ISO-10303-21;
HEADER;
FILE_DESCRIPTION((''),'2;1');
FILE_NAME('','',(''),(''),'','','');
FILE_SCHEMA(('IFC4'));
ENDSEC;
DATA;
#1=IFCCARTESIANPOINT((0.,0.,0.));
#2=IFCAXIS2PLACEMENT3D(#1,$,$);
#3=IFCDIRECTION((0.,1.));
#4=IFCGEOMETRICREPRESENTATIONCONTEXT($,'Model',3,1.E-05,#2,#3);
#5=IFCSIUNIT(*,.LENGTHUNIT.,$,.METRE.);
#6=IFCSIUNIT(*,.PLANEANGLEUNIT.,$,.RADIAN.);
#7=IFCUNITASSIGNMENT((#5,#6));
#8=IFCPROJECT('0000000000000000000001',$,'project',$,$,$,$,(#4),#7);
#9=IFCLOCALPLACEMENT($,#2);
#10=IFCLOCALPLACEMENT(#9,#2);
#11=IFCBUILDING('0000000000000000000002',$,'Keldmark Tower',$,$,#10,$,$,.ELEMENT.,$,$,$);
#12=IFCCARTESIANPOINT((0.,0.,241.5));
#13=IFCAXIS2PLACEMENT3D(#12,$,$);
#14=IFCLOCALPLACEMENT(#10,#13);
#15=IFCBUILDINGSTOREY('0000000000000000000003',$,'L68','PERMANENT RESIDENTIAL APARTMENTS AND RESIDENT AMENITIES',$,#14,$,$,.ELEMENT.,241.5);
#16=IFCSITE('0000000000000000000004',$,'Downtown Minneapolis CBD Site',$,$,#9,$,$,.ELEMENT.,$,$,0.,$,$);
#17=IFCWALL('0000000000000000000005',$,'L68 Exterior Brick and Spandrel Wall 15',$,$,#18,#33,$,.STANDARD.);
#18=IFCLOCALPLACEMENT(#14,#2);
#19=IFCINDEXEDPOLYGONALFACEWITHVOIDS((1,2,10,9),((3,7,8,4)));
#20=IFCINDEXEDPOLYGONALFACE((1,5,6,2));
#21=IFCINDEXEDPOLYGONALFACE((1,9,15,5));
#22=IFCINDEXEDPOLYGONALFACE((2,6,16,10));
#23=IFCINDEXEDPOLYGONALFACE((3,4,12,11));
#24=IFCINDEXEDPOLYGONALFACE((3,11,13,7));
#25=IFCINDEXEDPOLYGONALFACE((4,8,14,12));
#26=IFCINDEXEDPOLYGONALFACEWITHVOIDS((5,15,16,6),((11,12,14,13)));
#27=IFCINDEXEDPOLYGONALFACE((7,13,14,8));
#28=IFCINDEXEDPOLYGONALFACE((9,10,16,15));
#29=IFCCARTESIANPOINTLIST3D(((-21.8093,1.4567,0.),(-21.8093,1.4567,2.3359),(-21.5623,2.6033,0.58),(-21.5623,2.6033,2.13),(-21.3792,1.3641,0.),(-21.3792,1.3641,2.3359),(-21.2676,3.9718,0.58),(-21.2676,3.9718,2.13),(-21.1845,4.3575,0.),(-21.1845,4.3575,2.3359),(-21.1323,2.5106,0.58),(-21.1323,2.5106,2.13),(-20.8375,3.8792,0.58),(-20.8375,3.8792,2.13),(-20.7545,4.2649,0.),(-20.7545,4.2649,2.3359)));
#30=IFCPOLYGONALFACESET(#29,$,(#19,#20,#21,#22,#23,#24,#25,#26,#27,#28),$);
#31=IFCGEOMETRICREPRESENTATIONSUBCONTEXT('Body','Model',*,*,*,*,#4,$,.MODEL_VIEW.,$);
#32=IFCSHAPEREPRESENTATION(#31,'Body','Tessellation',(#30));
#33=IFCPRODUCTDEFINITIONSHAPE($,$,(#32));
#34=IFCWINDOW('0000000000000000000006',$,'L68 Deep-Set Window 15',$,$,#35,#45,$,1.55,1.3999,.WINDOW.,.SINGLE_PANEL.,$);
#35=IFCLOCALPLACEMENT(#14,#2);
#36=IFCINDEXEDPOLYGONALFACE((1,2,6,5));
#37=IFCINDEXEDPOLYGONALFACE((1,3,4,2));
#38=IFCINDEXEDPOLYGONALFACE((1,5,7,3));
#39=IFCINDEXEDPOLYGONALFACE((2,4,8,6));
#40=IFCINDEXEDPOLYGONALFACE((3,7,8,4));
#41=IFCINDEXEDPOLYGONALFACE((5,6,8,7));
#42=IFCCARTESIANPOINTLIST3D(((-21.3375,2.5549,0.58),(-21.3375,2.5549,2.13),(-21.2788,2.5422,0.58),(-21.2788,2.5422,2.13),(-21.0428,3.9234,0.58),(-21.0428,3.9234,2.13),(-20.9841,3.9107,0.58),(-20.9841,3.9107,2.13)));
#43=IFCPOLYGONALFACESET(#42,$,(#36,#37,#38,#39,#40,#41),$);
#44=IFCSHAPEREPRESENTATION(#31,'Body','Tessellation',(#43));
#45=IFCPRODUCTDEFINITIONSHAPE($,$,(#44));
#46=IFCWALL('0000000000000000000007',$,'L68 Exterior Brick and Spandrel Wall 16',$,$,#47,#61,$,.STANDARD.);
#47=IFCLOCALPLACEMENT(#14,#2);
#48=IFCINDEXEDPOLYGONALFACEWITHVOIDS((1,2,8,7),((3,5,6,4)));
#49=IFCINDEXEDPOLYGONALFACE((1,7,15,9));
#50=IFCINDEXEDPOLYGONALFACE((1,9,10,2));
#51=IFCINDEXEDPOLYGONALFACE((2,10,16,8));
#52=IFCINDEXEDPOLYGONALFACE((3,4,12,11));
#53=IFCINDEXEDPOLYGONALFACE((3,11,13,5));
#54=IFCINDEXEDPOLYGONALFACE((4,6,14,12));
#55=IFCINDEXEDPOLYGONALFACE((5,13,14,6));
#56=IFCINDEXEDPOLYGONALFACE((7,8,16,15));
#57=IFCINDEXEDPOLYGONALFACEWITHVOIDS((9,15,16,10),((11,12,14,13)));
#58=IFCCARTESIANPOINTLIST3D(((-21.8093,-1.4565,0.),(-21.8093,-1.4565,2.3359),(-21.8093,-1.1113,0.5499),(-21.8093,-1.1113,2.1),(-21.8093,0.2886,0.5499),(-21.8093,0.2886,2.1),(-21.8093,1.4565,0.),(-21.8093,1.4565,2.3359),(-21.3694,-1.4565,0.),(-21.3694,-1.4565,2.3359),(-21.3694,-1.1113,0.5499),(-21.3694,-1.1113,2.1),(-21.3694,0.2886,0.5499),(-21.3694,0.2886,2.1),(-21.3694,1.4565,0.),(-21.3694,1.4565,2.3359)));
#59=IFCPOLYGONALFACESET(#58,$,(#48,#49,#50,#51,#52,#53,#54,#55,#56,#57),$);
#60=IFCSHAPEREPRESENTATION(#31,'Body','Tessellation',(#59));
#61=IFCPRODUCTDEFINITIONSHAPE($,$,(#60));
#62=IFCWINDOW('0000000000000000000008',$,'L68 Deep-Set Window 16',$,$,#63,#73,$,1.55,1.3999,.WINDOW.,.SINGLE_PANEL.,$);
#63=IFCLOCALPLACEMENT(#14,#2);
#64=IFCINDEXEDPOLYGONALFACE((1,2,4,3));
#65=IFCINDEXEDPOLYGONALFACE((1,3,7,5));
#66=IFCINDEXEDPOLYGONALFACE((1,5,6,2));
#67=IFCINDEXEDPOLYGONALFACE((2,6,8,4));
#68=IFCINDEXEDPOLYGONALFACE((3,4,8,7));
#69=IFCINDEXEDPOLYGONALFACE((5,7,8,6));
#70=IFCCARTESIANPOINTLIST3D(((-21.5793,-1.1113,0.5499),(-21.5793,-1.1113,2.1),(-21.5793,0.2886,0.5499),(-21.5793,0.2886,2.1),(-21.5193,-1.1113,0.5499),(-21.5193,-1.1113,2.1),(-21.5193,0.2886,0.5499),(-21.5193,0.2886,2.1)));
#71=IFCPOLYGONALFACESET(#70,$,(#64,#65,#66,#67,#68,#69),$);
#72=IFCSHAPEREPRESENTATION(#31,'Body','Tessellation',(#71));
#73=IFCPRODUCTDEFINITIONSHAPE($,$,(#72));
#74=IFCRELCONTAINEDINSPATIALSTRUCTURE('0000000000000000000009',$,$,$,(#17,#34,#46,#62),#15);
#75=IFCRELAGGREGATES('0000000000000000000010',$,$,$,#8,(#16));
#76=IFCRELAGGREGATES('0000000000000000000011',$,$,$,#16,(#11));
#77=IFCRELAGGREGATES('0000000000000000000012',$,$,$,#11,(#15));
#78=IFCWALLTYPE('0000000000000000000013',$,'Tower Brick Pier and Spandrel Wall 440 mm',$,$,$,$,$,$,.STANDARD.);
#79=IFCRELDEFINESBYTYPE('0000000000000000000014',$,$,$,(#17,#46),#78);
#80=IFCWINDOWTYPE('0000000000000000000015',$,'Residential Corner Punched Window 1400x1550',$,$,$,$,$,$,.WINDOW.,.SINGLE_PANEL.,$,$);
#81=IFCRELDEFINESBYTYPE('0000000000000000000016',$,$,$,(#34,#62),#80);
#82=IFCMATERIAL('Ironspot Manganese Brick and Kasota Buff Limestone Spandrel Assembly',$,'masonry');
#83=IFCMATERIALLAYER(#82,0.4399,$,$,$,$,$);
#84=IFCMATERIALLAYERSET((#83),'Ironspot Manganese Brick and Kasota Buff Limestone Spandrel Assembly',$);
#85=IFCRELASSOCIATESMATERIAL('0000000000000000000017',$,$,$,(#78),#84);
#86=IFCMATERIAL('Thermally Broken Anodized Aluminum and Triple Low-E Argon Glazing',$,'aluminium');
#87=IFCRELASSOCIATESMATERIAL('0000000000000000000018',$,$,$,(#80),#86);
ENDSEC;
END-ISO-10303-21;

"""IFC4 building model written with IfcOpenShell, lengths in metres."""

from ifc_helpers import new_model, si_unit, direction, frame, frame_2d, origin, place, context, subcontext, project, spatial, rectangle, extrude, material, layer, layer_set, type_object, element, fill, save


model = new_model("IFC4")

# Units and contexts
model_context = context("Model", 3, precision=1e-05, world=origin(), true_north=direction((0.0, 1.0)))
body_context = subcontext(model_context, "Body", "Model", "MODEL_VIEW")
ifc_project = project(units=[si_unit("LENGTHUNIT", "METRE"), si_unit("PLANEANGLEUNIT", "RADIAN")], contexts=[model_context])

# Site, building, storey
site_placement = place(None, origin())
site = spatial("IfcSite", under=ifc_project, at=site_placement, Name="Downtown Minneapolis CBD Site", CompositionType="ELEMENT", RefElevation=0.0)
building_placement = place(site_placement, origin())
building = spatial("IfcBuilding", under=site, at=building_placement, Name="Keldmark Tower", CompositionType="ELEMENT")
storey_placement = place(building_placement, frame((0.0, 0.0, 241.5)))
storey = spatial("IfcBuildingStorey", under=building, at=storey_placement, Name="L68", Description="PERMANENT RESIDENTIAL APARTMENTS AND RESIDENT AMENITIES", CompositionType="ELEMENT", Elevation=241.5)

# Walls, openings, windows
ifc_material_1 = material(Name="Ironspot Manganese Brick and Kasota Buff Limestone Spandrel Assembly", Category="masonry")
ifc_layer_1 = layer(ifc_material_1, 0.4399)
ifc_layer_set_1 = layer_set([ifc_layer_1], Name="Ironspot Manganese Brick and Kasota Buff Limestone Spandrel Assembly")
wall_type_1 = type_object("IfcWallType", Name="Tower Brick Pier and Spandrel Wall 440 mm", PredefinedType="STANDARD", material=ifc_layer_set_1)
wall_1_placement = place(storey_placement, frame((-21.5942, 1.4104, 0.0), z_axis=(0.0, 0.0, 1.0), x_axis=(0.21054, 0.977585, 0.0)))
wall_1 = element("IfcWall", 1, at=wall_1_placement, inside=storey, type_object=wall_type_1, Name="L68 Exterior Brick and Spandrel Wall 15", PredefinedType="STANDARD", context=body_context, shape_type="SweptSolid", body=[
    extrude(rectangle(XDim=2.9673, YDim=0.4399, at=frame_2d((1.4836, 0.0))), origin(), (0.0, 0.0, 1.0), 2.3359),
])
opening_1_placement = place(wall_1_placement, frame((1.1729, 0.0, 0.5801)))
opening_1 = element("IfcOpeningElement", 2, at=opening_1_placement, cuts=wall_1, PredefinedType="OPENING", context=body_context, shape_type="SweptSolid", body=[
    extrude(rectangle(XDim=1.3999, YDim=1.55, at=frame_2d((0.7, 0.7749))), frame((0.0, 0.23, 0.0), z_axis=(0.0, -1.0, 0.0), x_axis=(1.0, 0.0, 0.0)), (0.0, 0.0, 1.0), 0.46),
])
ifc_material_2 = material(Name="Thermally Broken Anodized Aluminum and Triple Low-E Argon Glazing", Category="aluminium")
window_type = type_object("IfcWindowType", Name="Residential Corner Punched Window 1400x1550", PartitioningType="SINGLE_PANEL", PredefinedType="WINDOW", material=ifc_material_2)
window_1_placement = place(opening_1_placement, origin())
window_1 = element("IfcWindow", 3, at=window_1_placement, inside=storey, type_object=window_type, Name="L68 Deep-Set Window 15", OverallHeight=1.55, OverallWidth=1.3999, PartitioningType="SINGLE_PANEL", PredefinedType="WINDOW", context=body_context, shape_type="SweptSolid", body=[
    extrude(rectangle(XDim=1.3999, YDim=1.55, at=frame_2d((0.7, 0.7749))), frame((0.0, -0.01, 0.0), z_axis=(0.0, -1.0, 0.0), x_axis=(1.0, 0.0, 0.0)), (0.0, 0.0, 1.0), 0.0601),
])
fill(opening_1, window_1)
wall_2_placement = place(storey_placement, frame((-21.5894, -1.4565, 0.0), z_axis=(0.0, 0.0, 1.0), x_axis=(0.0, 1.0, 0.0)))
wall_2 = element("IfcWall", 4, at=wall_2_placement, inside=storey, type_object=wall_type_1, Name="L68 Exterior Brick and Spandrel Wall 16", PredefinedType="STANDARD", context=body_context, shape_type="SweptSolid", body=[
    extrude(rectangle(XDim=2.9131, YDim=0.4399, at=frame_2d((1.4565, 0.0))), origin(), (0.0, 0.0, 1.0), 2.3359),
])
opening_2_placement = place(wall_2_placement, frame((0.3452, 0.0, 0.55)))
opening_2 = element("IfcOpeningElement", 5, at=opening_2_placement, cuts=wall_2, PredefinedType="OPENING", context=body_context, shape_type="SweptSolid", body=[
    extrude(rectangle(XDim=1.3999, YDim=1.55, at=frame_2d((0.7, 0.7749))), frame((0.0, 0.23, 0.0), z_axis=(0.0, -1.0, 0.0), x_axis=(1.0, 0.0, 0.0)), (0.0, 0.0, 1.0), 0.46),
])
window_2_placement = place(opening_2_placement, origin())
window_2 = element("IfcWindow", 6, at=window_2_placement, inside=storey, type_object=window_type, Name="L68 Deep-Set Window 16", OverallHeight=1.55, OverallWidth=1.3999, PartitioningType="SINGLE_PANEL", PredefinedType="WINDOW", context=body_context, shape_type="SweptSolid", body=[
    extrude(rectangle(XDim=1.3999, YDim=1.55, at=frame_2d((0.7, 0.7749))), frame((0.0, -0.01, 0.0), z_axis=(0.0, -1.0, 0.0), x_axis=(1.0, 0.0, 0.0)), (0.0, 0.0, 1.0), 0.0601),
])
fill(opening_2, window_2)

save(model, "model.ifc")
